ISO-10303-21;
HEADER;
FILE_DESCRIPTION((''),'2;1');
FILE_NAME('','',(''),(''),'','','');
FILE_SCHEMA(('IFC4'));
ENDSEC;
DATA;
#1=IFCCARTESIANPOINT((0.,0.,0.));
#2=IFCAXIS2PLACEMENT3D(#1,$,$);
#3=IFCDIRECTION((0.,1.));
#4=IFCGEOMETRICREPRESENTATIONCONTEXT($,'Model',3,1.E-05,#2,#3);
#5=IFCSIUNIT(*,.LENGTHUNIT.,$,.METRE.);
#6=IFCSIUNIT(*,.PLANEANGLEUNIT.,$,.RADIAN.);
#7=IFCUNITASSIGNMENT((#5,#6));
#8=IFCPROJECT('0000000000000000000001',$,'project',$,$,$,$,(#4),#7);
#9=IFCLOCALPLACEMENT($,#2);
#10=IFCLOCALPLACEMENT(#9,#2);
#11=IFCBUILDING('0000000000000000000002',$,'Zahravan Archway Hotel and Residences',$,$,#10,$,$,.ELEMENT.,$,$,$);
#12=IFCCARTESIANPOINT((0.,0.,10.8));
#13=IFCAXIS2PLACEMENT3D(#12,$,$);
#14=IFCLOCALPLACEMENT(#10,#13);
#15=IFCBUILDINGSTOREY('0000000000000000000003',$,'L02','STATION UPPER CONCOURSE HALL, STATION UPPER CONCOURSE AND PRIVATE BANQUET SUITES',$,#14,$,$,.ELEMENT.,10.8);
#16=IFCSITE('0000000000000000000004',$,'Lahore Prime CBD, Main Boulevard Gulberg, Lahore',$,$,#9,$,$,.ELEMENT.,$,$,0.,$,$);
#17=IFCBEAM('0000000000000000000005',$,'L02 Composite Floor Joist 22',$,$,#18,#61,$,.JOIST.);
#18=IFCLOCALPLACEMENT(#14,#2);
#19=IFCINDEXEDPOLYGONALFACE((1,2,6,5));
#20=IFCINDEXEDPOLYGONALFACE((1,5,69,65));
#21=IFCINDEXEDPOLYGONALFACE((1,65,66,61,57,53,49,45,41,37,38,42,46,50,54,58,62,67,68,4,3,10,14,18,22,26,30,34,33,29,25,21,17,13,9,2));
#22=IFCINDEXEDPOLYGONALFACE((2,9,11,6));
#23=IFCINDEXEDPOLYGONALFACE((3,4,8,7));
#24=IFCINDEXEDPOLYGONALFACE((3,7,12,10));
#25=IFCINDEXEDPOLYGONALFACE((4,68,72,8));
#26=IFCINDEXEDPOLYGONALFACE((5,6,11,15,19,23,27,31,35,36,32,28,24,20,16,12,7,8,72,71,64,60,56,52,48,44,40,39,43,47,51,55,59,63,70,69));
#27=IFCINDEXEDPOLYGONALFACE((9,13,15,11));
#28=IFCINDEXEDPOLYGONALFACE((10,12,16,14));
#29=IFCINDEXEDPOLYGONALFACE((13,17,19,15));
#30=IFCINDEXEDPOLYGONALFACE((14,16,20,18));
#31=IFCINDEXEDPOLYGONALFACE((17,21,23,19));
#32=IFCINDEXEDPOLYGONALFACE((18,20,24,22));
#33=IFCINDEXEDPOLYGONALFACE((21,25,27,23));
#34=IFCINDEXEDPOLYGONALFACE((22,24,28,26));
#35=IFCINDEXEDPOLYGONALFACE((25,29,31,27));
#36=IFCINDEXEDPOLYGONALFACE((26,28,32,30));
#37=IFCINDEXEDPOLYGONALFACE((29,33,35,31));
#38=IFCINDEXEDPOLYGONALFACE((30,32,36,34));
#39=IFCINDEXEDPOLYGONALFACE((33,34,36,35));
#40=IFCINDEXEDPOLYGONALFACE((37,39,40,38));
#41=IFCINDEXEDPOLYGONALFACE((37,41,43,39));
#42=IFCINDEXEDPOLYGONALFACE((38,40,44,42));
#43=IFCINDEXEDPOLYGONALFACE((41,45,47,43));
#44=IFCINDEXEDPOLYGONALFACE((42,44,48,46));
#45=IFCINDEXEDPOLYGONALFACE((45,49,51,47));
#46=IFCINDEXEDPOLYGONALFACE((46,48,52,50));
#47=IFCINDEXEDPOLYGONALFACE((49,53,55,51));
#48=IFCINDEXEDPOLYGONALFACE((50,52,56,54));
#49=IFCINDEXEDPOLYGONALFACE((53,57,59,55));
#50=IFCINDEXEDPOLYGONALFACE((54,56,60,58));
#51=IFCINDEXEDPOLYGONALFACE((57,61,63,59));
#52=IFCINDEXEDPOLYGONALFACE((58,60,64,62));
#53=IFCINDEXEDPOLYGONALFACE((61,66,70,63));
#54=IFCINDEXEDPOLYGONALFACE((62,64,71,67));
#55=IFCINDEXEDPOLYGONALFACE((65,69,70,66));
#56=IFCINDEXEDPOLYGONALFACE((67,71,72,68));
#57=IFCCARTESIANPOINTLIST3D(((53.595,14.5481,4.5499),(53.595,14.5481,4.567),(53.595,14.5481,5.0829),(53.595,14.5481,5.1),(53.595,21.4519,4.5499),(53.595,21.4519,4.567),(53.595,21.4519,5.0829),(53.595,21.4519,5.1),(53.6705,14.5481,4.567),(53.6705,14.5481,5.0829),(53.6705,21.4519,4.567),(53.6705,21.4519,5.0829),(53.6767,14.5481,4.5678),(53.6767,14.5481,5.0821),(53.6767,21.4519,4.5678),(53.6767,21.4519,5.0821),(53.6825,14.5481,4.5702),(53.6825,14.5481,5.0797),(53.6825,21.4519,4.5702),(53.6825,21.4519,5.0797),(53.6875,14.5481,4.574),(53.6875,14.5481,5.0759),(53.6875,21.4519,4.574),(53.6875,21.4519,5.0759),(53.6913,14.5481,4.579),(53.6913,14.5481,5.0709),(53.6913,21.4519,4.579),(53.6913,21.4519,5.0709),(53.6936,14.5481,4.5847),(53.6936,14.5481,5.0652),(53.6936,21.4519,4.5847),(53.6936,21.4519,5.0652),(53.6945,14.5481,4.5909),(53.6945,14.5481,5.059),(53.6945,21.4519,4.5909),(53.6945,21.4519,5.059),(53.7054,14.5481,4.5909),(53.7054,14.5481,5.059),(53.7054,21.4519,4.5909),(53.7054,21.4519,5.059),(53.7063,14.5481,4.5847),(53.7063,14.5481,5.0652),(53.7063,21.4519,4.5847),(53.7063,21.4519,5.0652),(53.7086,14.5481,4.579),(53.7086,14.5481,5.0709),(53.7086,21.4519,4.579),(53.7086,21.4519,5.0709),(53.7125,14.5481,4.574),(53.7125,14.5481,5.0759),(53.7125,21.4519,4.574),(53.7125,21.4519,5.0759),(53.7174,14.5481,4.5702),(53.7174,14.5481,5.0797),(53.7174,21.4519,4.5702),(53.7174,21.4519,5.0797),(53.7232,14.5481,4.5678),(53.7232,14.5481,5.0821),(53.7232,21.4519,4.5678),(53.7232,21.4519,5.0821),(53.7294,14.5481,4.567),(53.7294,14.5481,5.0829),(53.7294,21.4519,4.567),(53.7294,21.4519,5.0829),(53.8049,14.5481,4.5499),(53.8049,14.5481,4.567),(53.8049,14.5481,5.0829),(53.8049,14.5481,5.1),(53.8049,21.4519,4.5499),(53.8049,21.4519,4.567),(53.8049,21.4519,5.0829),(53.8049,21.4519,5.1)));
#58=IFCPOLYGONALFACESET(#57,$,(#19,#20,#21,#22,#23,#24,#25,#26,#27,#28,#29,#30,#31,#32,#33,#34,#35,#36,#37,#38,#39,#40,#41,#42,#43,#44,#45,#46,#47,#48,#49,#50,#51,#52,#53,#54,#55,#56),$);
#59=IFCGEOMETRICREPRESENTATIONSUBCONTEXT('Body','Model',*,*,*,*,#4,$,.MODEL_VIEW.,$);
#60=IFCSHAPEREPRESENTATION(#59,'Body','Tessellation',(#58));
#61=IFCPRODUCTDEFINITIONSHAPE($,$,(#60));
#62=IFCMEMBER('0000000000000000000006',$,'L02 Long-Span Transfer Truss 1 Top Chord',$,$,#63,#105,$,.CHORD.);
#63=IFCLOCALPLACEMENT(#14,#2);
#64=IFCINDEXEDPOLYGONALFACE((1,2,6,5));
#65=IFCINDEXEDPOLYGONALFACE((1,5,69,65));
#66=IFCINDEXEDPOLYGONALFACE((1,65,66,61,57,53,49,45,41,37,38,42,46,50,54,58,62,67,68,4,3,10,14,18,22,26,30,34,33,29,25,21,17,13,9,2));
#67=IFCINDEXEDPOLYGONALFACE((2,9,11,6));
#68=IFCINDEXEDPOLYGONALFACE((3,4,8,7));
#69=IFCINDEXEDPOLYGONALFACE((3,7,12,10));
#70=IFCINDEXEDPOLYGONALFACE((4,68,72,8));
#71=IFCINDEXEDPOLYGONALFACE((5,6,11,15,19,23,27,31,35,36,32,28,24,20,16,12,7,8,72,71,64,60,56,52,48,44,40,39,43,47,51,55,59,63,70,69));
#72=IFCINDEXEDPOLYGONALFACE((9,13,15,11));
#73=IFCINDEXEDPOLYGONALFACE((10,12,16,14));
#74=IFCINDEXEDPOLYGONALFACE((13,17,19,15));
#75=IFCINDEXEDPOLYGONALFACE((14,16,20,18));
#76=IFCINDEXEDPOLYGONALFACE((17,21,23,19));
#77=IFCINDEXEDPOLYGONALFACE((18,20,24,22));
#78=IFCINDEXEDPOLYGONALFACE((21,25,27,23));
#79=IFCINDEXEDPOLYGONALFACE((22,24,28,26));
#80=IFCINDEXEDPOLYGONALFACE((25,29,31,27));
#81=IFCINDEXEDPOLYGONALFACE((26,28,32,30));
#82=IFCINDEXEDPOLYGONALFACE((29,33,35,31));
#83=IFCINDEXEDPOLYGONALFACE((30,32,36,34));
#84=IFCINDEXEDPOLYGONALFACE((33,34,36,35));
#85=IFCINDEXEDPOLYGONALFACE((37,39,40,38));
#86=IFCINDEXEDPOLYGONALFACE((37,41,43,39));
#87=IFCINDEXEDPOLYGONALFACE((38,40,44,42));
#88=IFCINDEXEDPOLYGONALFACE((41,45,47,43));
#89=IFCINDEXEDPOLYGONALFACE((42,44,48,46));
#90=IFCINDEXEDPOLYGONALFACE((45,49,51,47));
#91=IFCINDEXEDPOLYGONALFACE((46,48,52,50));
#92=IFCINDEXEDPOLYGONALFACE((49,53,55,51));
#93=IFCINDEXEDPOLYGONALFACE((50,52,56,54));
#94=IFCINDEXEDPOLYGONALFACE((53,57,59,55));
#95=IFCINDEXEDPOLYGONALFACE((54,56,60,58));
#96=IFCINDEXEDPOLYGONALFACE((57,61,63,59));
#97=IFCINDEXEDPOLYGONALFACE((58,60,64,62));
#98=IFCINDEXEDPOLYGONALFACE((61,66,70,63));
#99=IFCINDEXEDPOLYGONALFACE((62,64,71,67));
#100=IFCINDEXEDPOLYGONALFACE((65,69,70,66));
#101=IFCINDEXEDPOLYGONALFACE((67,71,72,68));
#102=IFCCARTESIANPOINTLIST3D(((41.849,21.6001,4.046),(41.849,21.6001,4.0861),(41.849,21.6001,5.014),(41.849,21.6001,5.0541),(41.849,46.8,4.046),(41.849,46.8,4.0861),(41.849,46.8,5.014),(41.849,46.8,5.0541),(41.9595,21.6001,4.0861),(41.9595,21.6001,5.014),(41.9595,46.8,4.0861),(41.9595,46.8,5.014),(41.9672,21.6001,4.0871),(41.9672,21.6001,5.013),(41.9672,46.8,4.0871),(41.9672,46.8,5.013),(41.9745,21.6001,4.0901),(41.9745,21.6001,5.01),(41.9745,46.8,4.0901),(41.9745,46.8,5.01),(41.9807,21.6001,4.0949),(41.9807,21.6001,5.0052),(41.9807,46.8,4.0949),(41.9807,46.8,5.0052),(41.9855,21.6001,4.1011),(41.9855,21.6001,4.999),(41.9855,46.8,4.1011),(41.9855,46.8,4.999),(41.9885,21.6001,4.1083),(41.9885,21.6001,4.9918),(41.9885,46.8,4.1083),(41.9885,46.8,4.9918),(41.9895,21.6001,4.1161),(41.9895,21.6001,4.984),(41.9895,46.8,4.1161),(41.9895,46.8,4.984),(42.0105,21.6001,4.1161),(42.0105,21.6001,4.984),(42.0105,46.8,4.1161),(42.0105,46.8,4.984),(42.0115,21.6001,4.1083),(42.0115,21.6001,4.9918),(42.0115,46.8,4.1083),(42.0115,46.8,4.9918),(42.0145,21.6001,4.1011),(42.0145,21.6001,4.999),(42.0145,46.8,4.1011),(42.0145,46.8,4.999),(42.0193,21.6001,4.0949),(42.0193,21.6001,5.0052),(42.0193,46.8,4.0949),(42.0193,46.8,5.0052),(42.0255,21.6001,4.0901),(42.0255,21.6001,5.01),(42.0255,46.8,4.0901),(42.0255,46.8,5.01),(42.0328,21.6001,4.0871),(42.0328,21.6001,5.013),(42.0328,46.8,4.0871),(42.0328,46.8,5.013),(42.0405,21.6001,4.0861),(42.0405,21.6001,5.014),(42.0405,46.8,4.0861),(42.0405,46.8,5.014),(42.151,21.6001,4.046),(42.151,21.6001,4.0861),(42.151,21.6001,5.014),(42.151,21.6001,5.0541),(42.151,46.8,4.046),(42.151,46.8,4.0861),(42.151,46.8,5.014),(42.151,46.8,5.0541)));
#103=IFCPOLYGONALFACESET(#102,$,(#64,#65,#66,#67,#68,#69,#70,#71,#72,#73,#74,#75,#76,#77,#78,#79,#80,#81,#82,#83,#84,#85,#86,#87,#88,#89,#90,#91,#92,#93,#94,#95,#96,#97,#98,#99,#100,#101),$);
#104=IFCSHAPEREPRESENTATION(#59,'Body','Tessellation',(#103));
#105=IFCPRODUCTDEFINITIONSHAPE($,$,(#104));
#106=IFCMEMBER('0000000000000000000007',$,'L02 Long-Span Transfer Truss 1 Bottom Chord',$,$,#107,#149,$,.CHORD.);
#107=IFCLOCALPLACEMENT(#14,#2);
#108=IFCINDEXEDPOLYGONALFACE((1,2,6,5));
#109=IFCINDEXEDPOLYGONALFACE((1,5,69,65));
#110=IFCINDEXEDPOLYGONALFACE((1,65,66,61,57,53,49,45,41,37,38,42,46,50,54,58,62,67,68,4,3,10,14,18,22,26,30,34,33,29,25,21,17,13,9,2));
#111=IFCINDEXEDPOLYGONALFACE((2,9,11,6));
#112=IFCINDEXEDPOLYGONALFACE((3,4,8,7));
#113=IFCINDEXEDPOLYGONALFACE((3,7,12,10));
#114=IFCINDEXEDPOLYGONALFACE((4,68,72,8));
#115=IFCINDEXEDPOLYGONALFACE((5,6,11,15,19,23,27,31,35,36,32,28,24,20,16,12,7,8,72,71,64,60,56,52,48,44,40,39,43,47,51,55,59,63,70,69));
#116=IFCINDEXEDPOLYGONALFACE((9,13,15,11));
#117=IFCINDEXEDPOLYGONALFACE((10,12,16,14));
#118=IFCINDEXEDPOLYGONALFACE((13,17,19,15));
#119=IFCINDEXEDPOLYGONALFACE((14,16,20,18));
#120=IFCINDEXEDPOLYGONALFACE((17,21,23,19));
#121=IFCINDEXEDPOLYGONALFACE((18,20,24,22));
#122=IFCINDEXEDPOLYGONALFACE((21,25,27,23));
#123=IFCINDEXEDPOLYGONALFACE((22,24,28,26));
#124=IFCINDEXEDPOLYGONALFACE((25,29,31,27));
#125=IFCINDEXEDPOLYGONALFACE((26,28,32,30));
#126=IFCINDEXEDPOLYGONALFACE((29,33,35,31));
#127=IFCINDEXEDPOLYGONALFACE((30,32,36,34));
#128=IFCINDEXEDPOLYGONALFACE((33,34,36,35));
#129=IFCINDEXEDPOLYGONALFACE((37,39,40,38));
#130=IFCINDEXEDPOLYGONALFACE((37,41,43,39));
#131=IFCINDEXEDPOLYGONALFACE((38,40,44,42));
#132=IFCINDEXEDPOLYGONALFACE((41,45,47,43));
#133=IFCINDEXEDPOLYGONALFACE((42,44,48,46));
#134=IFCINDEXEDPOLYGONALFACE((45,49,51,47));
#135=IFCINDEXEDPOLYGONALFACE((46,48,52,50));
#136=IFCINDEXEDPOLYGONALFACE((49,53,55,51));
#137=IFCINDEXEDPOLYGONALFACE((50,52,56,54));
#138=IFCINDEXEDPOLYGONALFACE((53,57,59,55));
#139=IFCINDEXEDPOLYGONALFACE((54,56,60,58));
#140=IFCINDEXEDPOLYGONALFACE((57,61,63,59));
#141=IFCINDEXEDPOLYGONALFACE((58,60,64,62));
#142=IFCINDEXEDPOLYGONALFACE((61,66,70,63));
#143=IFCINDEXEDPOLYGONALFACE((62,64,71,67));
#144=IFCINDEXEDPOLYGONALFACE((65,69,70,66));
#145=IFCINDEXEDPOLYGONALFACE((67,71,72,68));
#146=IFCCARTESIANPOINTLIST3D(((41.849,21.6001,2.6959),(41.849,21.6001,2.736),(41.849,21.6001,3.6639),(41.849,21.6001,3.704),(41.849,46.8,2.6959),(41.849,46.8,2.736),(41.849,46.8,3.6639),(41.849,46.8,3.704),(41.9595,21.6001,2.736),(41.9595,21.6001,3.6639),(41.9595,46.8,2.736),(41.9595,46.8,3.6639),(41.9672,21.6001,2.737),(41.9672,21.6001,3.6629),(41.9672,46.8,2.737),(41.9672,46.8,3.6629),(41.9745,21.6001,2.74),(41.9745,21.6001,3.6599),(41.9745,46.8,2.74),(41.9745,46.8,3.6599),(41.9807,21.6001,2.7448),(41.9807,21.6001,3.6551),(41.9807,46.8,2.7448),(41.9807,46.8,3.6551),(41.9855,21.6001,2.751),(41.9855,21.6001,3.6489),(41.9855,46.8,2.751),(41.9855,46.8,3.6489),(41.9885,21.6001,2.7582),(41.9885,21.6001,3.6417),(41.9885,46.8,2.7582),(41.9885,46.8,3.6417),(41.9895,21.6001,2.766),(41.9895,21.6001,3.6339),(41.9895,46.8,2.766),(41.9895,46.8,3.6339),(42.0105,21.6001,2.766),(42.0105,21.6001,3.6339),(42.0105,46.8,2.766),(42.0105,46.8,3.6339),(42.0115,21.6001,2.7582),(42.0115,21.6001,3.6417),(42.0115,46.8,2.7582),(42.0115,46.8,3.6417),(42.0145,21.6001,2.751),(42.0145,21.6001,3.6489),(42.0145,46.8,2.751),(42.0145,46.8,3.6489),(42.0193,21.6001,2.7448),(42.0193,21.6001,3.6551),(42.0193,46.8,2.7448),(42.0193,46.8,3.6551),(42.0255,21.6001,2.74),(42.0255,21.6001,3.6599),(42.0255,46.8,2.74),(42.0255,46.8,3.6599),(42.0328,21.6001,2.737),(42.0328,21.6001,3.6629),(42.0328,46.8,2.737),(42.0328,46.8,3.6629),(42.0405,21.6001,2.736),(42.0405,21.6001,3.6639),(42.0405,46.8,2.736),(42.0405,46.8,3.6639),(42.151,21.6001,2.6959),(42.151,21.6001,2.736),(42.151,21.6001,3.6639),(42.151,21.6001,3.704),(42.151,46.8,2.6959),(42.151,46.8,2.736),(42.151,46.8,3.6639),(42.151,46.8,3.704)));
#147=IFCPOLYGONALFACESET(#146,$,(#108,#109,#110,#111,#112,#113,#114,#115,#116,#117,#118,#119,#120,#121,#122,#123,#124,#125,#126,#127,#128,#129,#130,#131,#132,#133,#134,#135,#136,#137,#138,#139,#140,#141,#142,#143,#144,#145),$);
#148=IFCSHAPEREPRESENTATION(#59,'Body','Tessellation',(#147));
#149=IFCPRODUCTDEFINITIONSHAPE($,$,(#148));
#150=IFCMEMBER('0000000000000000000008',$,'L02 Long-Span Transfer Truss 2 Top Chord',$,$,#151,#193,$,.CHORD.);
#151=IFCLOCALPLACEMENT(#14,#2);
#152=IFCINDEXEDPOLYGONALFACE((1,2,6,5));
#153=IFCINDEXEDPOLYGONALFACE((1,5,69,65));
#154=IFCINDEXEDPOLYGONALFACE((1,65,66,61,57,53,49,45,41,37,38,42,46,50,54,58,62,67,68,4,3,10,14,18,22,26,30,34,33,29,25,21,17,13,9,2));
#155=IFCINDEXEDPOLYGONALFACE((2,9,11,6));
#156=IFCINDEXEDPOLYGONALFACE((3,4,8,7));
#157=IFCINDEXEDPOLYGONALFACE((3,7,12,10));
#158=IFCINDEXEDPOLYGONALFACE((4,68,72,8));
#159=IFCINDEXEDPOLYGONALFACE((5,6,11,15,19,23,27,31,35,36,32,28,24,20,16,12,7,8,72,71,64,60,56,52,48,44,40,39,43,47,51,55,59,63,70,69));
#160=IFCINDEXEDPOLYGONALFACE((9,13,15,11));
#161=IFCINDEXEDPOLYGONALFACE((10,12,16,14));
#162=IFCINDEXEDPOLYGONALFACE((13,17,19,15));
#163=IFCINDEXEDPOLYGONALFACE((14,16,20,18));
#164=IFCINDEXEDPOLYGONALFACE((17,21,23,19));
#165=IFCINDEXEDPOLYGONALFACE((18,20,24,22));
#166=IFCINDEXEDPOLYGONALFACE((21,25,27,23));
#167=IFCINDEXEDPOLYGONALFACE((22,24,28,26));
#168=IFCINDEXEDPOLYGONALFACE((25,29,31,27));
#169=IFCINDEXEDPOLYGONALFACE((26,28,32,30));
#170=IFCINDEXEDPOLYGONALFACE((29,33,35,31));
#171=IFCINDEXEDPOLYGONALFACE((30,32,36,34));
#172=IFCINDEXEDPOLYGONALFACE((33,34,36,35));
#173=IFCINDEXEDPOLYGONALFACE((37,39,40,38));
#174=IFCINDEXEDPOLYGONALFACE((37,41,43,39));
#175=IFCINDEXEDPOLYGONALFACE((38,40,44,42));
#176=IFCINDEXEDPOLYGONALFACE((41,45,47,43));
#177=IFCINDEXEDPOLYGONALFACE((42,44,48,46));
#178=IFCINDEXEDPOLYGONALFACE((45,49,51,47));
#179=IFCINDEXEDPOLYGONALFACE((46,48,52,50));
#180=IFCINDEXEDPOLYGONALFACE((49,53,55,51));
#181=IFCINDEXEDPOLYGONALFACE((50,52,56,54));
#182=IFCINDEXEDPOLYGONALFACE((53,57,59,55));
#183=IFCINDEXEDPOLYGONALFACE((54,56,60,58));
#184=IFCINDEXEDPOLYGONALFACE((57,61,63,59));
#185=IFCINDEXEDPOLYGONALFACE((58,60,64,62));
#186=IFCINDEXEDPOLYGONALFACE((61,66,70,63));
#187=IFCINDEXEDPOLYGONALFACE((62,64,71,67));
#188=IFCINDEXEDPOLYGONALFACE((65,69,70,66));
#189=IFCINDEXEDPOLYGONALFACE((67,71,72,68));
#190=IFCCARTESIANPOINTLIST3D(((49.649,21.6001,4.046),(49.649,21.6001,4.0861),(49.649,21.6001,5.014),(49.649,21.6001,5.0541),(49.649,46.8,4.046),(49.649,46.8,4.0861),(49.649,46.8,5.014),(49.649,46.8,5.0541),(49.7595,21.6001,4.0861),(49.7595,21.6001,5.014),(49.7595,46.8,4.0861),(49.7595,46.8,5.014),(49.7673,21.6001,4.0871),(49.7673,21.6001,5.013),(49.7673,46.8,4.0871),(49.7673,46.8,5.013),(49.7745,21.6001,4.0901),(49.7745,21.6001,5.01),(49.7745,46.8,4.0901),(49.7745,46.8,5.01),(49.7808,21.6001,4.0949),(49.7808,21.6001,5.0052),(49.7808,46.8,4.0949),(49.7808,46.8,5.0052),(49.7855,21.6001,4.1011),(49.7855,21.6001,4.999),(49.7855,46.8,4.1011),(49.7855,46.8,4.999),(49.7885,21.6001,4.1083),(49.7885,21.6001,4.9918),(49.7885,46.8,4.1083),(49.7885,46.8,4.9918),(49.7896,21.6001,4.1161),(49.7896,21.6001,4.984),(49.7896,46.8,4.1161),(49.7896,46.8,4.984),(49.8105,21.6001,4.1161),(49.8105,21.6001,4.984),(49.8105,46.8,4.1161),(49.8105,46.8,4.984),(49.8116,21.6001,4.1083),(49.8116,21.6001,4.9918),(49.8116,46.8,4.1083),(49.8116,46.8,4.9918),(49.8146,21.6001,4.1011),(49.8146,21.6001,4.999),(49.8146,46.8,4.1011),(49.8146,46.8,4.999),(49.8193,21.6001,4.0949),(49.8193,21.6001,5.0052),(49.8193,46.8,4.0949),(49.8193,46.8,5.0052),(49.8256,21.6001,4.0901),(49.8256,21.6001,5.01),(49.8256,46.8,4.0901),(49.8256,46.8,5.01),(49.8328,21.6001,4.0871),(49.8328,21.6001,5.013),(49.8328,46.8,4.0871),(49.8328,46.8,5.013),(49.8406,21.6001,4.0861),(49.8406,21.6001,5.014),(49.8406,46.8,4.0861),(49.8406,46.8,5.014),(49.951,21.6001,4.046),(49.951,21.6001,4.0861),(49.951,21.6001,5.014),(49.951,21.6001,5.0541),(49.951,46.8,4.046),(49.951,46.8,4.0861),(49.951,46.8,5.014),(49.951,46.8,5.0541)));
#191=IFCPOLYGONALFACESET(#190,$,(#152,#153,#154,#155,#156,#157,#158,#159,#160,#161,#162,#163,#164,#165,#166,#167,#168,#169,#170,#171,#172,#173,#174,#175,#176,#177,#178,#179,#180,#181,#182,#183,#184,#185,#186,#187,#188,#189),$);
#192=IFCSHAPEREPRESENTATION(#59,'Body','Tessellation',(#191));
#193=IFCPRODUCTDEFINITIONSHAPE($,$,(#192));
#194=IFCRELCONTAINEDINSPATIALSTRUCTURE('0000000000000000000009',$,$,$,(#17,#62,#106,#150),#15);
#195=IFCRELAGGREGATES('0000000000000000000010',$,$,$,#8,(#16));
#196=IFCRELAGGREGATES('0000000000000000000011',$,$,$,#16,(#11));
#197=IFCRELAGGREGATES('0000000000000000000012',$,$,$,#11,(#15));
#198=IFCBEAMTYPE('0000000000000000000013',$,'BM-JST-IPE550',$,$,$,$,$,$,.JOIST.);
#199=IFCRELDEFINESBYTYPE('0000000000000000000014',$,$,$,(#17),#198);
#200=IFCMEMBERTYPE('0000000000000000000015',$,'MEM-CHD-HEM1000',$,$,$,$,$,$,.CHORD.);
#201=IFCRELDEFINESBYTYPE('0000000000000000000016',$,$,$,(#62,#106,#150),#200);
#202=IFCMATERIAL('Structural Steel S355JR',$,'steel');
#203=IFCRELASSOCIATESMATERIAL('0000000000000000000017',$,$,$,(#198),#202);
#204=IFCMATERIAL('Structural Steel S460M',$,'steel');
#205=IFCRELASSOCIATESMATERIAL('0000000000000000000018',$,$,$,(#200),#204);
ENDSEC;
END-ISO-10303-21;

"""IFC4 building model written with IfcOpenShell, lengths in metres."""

from ifc_helpers import new_model, si_unit, direction, frame, origin, origin_2d, place, context, subcontext, project, spatial, i_section, extrude, source, transform, mapped, material, material_profile, profile_set, type_object, type_shapes, element, save


model = new_model("IFC4")

# Units and contexts
model_context = context("Model", 3, precision=1e-05, world=origin(), true_north=direction((0.0, 1.0)))
body_context = subcontext(model_context, "Body", "Model", "MODEL_VIEW")
ifc_project = project(units=[si_unit("LENGTHUNIT", "METRE"), si_unit("PLANEANGLEUNIT", "RADIAN")], contexts=[model_context])

# Site, building, storey
site_placement = place(None, origin())
site = spatial("IfcSite", under=ifc_project, at=site_placement, Name="Lahore Prime CBD, Main Boulevard Gulberg, Lahore", CompositionType="ELEMENT", RefElevation=0.0)
building_placement = place(site_placement, origin())
building = spatial("IfcBuilding", under=site, at=building_placement, Name="Zahravan Archway Hotel and Residences", CompositionType="ELEMENT")
storey_placement = place(building_placement, frame((0.0, 0.0, 10.8)))
storey = spatial("IfcBuildingStorey", under=building, at=storey_placement, Name="L02", Description="STATION UPPER CONCOURSE HALL, STATION UPPER CONCOURSE AND PRIVATE BANQUET SUITES", CompositionType="ELEMENT", Elevation=10.8)

# Beam
ifc_material_1 = material(Name="Structural Steel S355JR", Category="steel")
ifc_material_profile_1 = material_profile(ifc_material_1, i_section(OverallWidth=0.21, OverallDepth=0.55, WebThickness=0.011, FlangeThickness=0.0171, FilletRadius=0.0239, at=origin_2d()), Name="IPE 550", Category="steel")
ifc_profile_set_1 = profile_set([ifc_material_profile_1], Name="Structural Steel S355JR")
beam_type_1 = type_object("IfcBeamType", Name="BM-JST-IPE550", PredefinedType="JOIST", material=ifc_profile_set_1)
shared_shape_1 = source(origin(), body_context, "Body", "SweptSolid", [
    extrude(i_section(OverallWidth=0.21, OverallDepth=0.55, WebThickness=0.011, FlangeThickness=0.0171, FilletRadius=0.0239, at=origin_2d()), origin(), (0.0, 0.0, 1.0), 6.9038),
])
beam_1_placement = place(storey_placement, frame((53.7, 14.5481, 4.825), z_axis=(0.0, 1.0, 0.0), x_axis=(-1.0, 0.0, 0.0)))
element("IfcBeam", 1, at=beam_1_placement, inside=storey, type_object=beam_type_1, Name="L02 Composite Floor Joist 22", PredefinedType="JOIST", context=body_context, shape_type="MappedRepresentation", body=[
    mapped(shared_shape_1, transform((0.0, 0.0, 0.0), scale=1.0)),
])

# Members
ifc_material_2 = material(Name="Structural Steel S460M", Category="steel")
ifc_material_profile_2 = material_profile(ifc_material_2, i_section(OverallWidth=0.302, OverallDepth=1.0081, WebThickness=0.021, FlangeThickness=0.04, FilletRadius=0.03, at=origin_2d()), Name="HEM 1000", Category="steel")
ifc_profile_set_2 = profile_set([ifc_material_profile_2], Name="Structural Steel S460M")
member_type_1 = type_object("IfcMemberType", Name="MEM-CHD-HEM1000", PredefinedType="CHORD", material=ifc_profile_set_2)
shared_shape_2 = source(origin(), body_context, "Body", "SweptSolid", [
    extrude(i_section(OverallWidth=0.302, OverallDepth=1.0081, WebThickness=0.021, FlangeThickness=0.04, FilletRadius=0.03, at=origin_2d()), origin(), (0.0, 0.0, 1.0), 25.2),
])
type_shapes(member_type_1, [shared_shape_2])
for number, where, z_axis, x_axis, name in (
    (2, (42.0, 21.6001, 4.55), (0.0, 1.0, 0.0), (-1.0, 0.0, 0.0), "L02 Long-Span Transfer Truss 1 Top Chord"),
    (3, (42.0, 21.6001, 3.2), (0.0, 1.0, 0.0), (-1.0, 0.0, 0.0), "L02 Long-Span Transfer Truss 1 Bottom Chord"),
    (4, (49.8, 21.6001, 4.55), (0.0, 1.0, 0.0), (-1.0, 0.0, 0.0), "L02 Long-Span Transfer Truss 2 Top Chord"),
):
    element("IfcMember", number, at=place(storey_placement, frame(where, z_axis=z_axis, x_axis=x_axis)), inside=storey, type_object=member_type_1, Name=name, PredefinedType="CHORD", context=body_context, shape_type="MappedRepresentation", body=[
        mapped(shared_shape_2, transform((0.0, 0.0, 0.0), scale=1.0)),
    ])

save(model, "model.ifc")
